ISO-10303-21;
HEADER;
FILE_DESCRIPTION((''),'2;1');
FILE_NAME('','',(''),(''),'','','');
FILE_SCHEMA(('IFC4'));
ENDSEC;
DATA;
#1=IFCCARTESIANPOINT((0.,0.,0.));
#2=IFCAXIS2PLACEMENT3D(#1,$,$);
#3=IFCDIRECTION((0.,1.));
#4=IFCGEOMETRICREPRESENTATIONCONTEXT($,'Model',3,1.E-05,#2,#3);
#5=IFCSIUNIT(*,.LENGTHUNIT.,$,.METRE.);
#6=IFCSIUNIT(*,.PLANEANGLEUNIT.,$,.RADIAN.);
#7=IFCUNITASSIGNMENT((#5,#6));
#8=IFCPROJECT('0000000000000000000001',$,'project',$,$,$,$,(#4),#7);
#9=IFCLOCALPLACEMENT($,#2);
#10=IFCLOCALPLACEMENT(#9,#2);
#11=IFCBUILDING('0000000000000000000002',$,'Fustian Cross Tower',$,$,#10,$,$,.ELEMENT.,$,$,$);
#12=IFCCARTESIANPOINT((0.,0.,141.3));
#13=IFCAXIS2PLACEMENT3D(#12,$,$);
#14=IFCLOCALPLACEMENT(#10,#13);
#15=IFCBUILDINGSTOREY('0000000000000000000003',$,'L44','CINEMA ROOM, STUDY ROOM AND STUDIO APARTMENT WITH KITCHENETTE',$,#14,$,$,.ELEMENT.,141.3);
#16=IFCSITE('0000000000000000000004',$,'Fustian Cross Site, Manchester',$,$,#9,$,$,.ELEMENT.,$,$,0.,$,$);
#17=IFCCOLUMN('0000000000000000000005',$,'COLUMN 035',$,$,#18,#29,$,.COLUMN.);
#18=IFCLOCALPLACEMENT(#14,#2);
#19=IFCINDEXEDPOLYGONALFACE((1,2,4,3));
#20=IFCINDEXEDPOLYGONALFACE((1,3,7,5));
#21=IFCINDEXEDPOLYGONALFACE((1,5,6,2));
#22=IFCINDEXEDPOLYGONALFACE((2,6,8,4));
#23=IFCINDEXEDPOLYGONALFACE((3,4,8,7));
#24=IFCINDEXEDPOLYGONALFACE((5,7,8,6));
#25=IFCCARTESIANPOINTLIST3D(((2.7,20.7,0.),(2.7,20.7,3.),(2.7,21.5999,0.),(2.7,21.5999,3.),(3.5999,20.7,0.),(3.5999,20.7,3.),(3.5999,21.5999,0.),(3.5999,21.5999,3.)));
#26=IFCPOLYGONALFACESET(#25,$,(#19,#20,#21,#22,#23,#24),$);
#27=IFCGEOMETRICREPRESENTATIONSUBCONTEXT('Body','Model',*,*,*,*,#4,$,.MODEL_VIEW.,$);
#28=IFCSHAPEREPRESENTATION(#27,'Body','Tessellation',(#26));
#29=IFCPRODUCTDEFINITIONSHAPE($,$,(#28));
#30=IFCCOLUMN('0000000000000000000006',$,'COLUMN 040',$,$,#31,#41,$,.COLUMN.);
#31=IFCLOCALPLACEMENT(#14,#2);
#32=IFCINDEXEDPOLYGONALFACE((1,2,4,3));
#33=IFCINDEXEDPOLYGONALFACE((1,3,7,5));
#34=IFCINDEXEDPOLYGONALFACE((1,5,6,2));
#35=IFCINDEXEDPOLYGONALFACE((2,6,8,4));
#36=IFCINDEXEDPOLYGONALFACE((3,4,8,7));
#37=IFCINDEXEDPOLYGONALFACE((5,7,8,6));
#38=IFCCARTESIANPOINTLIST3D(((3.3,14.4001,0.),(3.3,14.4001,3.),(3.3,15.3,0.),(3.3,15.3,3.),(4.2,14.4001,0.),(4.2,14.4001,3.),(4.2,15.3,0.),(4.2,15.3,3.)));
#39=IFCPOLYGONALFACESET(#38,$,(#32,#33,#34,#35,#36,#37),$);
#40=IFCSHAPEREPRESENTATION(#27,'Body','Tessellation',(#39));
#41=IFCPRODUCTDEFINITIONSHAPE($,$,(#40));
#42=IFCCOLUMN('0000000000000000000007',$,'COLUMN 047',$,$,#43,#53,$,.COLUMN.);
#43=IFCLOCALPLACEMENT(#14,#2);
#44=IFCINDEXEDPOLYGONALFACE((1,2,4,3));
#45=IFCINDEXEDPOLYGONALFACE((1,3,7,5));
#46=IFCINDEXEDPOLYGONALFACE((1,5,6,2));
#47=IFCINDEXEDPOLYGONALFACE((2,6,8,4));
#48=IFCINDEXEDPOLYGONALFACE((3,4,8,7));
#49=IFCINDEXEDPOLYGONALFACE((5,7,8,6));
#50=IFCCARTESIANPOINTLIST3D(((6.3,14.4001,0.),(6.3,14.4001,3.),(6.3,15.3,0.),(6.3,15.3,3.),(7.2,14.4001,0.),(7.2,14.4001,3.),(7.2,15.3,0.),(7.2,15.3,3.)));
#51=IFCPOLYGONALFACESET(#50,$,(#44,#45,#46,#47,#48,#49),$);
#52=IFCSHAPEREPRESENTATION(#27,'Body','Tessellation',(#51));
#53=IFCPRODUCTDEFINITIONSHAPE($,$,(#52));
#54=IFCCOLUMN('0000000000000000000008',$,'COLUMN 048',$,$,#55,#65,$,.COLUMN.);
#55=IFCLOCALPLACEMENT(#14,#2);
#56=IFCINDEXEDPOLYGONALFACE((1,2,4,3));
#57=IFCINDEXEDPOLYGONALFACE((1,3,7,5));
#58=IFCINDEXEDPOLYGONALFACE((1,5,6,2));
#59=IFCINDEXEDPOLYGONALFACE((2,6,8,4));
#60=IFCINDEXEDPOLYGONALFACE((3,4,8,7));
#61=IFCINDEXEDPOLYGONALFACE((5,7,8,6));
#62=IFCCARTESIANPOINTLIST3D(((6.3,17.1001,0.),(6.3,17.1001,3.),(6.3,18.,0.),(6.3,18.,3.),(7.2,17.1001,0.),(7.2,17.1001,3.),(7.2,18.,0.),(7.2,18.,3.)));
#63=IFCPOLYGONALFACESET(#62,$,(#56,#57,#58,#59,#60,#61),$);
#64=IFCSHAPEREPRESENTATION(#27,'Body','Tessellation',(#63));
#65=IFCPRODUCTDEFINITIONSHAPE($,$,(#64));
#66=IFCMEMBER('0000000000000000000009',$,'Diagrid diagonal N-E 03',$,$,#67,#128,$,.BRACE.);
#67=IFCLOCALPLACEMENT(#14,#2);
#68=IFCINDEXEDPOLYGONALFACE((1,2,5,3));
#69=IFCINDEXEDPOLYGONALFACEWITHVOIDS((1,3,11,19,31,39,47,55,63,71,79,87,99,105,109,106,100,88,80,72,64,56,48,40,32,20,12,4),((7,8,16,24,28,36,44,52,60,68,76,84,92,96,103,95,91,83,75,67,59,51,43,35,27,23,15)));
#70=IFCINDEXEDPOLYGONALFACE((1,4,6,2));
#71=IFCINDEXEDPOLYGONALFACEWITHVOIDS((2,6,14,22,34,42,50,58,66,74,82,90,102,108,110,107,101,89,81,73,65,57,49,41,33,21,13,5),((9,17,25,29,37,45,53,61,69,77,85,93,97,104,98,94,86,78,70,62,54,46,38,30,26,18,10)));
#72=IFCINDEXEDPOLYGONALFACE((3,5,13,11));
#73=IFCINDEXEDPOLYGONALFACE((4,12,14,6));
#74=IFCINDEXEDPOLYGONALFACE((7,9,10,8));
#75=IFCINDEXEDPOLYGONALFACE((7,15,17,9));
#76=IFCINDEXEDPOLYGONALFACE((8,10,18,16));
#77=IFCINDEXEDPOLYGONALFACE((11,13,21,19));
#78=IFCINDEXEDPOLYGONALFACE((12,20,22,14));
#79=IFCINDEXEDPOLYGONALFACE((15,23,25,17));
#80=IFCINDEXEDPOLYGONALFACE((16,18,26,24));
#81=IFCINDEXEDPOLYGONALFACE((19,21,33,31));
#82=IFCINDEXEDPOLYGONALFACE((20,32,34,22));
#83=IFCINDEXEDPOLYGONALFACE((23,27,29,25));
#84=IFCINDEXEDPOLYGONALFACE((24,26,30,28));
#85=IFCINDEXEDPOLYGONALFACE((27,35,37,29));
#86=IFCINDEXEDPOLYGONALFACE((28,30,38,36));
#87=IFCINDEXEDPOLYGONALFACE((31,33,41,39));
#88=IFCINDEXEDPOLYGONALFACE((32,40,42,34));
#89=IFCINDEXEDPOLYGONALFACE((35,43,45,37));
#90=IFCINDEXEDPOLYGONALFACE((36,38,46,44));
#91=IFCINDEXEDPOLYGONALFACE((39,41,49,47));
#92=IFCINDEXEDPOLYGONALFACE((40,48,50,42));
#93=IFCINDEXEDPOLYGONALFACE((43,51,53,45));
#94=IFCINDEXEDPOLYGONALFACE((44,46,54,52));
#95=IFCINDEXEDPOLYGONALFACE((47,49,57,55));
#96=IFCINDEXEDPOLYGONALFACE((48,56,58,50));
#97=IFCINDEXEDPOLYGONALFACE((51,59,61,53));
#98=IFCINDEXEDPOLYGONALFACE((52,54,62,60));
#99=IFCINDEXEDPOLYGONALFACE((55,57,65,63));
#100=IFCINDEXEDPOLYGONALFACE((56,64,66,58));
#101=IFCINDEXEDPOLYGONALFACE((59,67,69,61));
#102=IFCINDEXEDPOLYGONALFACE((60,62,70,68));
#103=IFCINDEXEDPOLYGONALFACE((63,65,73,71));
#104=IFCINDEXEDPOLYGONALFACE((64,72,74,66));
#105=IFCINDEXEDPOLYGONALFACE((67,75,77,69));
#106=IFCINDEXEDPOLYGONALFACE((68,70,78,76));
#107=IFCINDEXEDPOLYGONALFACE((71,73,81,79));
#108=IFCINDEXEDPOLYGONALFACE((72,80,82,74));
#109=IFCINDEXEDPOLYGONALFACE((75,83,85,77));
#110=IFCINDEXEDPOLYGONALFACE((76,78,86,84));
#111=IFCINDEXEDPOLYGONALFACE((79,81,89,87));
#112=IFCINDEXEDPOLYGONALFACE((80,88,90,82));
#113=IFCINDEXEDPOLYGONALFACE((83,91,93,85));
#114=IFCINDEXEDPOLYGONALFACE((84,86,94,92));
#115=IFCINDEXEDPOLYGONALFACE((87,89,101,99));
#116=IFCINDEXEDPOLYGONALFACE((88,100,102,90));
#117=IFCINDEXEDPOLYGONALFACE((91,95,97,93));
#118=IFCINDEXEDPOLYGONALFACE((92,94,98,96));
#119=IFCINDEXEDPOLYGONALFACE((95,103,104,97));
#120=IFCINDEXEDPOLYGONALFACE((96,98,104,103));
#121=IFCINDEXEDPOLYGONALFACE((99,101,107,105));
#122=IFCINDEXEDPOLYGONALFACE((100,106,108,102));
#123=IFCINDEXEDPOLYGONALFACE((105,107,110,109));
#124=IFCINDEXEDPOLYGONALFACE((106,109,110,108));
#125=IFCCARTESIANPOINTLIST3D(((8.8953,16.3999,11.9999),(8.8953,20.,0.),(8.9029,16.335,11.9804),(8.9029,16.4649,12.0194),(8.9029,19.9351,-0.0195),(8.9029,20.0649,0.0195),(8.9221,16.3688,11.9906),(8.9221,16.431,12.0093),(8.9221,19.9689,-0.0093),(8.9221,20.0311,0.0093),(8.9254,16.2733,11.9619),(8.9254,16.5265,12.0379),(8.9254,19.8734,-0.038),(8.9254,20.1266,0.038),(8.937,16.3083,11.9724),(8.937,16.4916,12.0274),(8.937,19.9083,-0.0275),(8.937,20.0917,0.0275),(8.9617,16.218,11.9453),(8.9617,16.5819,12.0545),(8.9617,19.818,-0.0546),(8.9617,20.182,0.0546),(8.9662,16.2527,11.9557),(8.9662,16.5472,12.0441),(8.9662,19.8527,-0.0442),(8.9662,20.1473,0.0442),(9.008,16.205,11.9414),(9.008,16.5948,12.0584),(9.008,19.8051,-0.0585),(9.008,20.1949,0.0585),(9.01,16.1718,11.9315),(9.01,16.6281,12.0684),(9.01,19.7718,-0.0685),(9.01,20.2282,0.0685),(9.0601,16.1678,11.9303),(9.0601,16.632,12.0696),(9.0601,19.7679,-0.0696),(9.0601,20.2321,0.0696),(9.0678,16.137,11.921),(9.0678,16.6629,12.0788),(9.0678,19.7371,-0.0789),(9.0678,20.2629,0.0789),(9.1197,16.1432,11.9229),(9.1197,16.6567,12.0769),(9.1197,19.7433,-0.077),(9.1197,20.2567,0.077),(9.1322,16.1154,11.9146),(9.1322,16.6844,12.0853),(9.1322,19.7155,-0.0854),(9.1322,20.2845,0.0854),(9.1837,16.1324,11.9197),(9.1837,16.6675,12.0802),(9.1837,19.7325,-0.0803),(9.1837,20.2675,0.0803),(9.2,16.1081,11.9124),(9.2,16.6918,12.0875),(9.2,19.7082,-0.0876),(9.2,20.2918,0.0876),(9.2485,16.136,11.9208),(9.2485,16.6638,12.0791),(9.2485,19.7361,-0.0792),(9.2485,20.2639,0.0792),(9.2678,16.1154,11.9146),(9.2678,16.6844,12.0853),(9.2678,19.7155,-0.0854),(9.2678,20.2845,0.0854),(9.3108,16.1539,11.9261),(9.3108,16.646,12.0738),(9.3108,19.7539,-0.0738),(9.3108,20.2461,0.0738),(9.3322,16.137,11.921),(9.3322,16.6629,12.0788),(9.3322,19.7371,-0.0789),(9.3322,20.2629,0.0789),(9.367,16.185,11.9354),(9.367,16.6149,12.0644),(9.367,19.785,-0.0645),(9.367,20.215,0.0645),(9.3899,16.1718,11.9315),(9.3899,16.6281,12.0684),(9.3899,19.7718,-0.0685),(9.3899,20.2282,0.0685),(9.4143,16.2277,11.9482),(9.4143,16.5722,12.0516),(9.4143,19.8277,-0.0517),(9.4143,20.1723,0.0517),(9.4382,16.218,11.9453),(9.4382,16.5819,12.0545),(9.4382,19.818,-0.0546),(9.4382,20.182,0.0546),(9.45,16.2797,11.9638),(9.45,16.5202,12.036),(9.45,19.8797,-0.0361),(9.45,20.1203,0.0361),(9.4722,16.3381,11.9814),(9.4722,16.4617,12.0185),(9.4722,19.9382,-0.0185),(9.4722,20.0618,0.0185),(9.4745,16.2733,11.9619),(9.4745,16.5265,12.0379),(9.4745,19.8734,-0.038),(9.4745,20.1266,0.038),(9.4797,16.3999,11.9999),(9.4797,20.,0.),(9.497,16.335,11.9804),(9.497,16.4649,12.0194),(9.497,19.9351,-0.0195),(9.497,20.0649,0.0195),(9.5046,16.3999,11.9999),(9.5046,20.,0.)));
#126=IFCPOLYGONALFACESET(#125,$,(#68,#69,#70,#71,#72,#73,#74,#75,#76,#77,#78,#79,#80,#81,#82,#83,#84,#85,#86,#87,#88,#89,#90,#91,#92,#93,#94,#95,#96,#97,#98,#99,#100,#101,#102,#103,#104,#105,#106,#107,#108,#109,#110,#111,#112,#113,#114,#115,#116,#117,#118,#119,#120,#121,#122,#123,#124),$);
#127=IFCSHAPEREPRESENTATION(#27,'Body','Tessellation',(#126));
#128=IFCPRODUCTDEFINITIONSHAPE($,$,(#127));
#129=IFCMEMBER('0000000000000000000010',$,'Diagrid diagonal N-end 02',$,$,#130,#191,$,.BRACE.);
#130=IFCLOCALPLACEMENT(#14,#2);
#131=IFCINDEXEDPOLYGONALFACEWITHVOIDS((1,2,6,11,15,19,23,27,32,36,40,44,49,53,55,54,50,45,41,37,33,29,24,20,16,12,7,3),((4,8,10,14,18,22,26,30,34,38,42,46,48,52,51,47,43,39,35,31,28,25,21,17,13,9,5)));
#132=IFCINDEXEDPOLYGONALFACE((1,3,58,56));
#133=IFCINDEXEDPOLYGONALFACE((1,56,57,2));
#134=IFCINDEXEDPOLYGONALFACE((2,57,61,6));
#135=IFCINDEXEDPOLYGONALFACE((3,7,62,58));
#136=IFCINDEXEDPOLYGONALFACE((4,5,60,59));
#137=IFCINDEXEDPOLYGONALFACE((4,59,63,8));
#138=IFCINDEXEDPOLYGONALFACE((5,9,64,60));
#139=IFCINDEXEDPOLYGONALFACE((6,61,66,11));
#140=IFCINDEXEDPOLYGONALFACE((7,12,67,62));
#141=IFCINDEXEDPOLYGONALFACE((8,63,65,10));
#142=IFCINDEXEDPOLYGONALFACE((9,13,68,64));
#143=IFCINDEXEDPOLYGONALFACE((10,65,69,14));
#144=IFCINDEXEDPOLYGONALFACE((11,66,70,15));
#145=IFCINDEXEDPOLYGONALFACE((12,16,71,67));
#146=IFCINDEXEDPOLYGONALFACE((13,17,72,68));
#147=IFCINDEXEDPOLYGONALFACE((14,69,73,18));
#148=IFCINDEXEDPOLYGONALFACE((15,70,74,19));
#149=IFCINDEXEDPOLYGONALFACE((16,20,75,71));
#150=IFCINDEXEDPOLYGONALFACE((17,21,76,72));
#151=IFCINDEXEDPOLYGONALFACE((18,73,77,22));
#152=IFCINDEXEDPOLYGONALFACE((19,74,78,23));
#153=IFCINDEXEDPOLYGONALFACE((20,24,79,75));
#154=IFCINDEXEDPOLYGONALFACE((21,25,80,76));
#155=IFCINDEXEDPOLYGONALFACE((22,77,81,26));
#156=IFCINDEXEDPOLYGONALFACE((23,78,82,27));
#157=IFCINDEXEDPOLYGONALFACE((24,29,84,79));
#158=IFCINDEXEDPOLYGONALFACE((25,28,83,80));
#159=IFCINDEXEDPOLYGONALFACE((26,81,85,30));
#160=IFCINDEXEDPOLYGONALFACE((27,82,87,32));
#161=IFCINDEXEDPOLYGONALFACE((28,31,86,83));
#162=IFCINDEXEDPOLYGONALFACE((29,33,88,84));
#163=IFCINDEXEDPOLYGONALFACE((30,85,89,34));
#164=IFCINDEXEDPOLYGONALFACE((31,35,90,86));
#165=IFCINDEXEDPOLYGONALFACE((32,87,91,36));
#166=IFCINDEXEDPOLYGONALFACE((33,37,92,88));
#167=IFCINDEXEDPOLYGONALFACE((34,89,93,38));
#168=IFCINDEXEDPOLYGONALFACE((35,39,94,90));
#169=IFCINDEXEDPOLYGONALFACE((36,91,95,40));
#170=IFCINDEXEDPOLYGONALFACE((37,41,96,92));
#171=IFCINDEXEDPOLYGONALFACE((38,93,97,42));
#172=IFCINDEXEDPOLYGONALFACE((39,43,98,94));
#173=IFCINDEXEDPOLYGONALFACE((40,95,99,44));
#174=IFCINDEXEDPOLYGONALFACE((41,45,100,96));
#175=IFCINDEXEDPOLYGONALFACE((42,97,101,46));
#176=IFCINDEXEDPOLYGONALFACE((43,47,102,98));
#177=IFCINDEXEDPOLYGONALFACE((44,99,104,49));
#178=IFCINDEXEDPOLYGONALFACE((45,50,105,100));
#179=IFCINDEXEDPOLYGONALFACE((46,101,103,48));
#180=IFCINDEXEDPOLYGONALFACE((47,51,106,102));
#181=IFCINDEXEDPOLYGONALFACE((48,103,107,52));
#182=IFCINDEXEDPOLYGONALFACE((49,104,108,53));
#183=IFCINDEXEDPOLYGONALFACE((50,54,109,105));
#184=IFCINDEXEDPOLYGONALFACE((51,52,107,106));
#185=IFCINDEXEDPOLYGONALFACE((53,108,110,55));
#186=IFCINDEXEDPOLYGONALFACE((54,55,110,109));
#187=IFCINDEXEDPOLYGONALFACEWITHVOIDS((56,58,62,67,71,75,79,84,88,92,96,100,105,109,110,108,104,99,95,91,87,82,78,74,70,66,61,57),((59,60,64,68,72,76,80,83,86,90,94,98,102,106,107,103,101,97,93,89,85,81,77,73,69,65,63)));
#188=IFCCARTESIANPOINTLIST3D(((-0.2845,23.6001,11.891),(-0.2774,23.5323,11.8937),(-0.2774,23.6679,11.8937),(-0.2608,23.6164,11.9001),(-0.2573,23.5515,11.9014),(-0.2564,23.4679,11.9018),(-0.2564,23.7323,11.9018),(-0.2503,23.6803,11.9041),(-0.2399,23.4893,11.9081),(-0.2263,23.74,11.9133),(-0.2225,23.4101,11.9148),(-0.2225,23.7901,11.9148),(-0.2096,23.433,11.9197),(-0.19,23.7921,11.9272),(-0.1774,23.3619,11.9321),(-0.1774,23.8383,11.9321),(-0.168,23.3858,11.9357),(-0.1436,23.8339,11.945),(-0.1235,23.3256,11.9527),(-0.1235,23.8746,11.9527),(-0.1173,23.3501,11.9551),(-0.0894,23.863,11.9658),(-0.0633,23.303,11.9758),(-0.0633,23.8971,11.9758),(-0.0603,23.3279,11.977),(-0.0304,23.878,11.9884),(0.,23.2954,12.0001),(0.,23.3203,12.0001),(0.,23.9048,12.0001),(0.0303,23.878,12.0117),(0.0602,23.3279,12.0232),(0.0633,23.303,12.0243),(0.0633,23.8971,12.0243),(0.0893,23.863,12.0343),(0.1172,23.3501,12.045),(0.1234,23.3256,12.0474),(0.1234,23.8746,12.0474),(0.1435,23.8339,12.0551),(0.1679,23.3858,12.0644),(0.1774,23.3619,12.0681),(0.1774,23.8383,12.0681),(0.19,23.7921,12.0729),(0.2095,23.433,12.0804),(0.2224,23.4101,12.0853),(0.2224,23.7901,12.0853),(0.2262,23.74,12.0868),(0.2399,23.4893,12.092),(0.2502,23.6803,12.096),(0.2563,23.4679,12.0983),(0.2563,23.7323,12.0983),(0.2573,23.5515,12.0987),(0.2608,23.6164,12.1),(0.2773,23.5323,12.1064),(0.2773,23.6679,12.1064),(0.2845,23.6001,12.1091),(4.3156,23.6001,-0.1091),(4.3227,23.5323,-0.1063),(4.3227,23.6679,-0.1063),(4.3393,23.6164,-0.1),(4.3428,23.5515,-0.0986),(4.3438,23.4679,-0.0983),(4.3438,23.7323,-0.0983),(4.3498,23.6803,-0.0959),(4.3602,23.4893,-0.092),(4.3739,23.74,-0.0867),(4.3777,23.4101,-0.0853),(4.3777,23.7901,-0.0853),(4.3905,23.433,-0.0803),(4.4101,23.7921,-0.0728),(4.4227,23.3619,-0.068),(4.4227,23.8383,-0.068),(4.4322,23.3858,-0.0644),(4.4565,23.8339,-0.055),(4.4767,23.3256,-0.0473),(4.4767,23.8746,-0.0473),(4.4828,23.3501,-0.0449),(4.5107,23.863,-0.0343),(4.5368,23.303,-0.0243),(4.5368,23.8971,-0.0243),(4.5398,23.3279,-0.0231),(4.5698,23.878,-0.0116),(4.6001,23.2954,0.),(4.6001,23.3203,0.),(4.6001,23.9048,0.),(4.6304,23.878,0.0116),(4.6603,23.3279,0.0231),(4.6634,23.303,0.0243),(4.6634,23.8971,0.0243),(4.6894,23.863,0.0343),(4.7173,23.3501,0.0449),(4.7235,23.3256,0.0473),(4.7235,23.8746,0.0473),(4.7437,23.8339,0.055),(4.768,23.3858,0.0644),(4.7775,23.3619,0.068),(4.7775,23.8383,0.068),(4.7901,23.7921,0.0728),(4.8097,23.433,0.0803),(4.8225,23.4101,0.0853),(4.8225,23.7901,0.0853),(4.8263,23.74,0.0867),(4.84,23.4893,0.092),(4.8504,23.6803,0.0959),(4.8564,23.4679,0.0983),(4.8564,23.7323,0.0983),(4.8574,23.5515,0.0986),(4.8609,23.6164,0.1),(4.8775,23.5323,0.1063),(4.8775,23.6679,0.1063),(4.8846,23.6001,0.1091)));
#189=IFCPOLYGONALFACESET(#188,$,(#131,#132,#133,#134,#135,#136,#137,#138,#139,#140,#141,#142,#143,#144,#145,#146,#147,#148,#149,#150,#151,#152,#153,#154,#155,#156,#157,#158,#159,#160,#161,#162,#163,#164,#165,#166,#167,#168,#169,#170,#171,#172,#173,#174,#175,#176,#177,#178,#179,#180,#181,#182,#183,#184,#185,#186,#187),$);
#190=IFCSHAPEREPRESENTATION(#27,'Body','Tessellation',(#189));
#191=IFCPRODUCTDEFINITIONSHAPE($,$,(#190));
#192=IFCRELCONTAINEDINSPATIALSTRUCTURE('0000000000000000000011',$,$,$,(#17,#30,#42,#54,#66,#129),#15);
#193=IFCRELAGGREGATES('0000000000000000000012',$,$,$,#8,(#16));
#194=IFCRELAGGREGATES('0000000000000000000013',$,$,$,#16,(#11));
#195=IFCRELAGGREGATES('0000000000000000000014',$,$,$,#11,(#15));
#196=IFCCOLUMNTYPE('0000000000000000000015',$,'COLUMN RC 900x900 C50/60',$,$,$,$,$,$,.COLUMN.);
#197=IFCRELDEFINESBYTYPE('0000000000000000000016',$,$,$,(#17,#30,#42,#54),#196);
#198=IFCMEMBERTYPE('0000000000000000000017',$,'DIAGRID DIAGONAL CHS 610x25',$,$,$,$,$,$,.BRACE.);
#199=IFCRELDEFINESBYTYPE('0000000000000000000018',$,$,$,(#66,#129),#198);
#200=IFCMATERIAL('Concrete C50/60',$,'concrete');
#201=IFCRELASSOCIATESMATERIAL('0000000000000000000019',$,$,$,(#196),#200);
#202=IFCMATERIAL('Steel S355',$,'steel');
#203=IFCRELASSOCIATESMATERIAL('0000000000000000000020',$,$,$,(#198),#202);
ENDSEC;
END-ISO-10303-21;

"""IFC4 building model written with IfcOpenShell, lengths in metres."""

from ifc_helpers import new_model, si_unit, direction, frame, origin, origin_2d, place, context, subcontext, project, spatial, rectangle, hollow_circle, extrude, material, material_profile, profile_set, type_object, element, save


model = new_model("IFC4")

# Units and contexts
model_context = context("Model", 3, precision=1e-05, world=origin(), true_north=direction((0.0, 1.0)))
body_context = subcontext(model_context, "Body", "Model", "MODEL_VIEW")
ifc_project = project(units=[si_unit("LENGTHUNIT", "METRE"), si_unit("PLANEANGLEUNIT", "RADIAN")], contexts=[model_context])

# Site, building, storey
site_placement = place(None, origin())
site = spatial("IfcSite", under=ifc_project, at=site_placement, Name="Fustian Cross Site, Manchester", CompositionType="ELEMENT", RefElevation=0.0)
building_placement = place(site_placement, origin())
building = spatial("IfcBuilding", under=site, at=building_placement, Name="Fustian Cross Tower", CompositionType="ELEMENT")
storey_placement = place(building_placement, frame((0.0, 0.0, 141.3)))
storey = spatial("IfcBuildingStorey", under=building, at=storey_placement, Name="L44", Description="CINEMA ROOM, STUDY ROOM AND STUDIO APARTMENT WITH KITCHENETTE", CompositionType="ELEMENT", Elevation=141.3)

# Columns
ifc_material_1 = material(Name="Concrete C50/60", Category="concrete")
ifc_material_profile_1 = material_profile(ifc_material_1, rectangle(XDim=0.8999, YDim=0.8999, at=origin_2d()), Name="RC 900x900")
ifc_profile_set_1 = profile_set([ifc_material_profile_1], Name="Concrete C50/60")
column_type = type_object("IfcColumnType", Name="COLUMN RC 900x900 C50/60", PredefinedType="COLUMN", material=ifc_profile_set_1)
for number, where, z_axis, x_axis, name in (
    (1, (3.1499, 21.1499, 0.0), (0.0, 0.0, 1.0), (1.0, 0.0, 0.0), "COLUMN 035"),
    (2, (3.75, 14.8501, 0.0), (0.0, 0.0, 1.0), (1.0, 0.0, 0.0), "COLUMN 040"),
    (3, (6.75, 14.8501, 0.0), (0.0, 0.0, 1.0), (1.0, 0.0, 0.0), "COLUMN 047"),
    (4, (6.75, 17.55, 0.0), (0.0, 0.0, 1.0), (1.0, 0.0, 0.0), "COLUMN 048"),
):
    element("IfcColumn", number, at=place(storey_placement, frame(where, z_axis=z_axis, x_axis=x_axis)), inside=storey, type_object=column_type, Name=name, PredefinedType="COLUMN", context=body_context, shape_type="SweptSolid", body=[
        extrude(rectangle(XDim=0.8999, YDim=0.8999, at=origin_2d()), origin(), (0.0, 0.0, 1.0), 3.0),
    ])

# Members
ifc_material_2 = material(Name="Steel S355", Category="steel")
ifc_material_profile_2 = material_profile(ifc_material_2, hollow_circle(Radius=0.3047, WallThickness=0.0249, at=origin_2d()), Name="CHS 610x25")
ifc_profile_set_2 = profile_set([ifc_material_profile_2], Name="Steel S355")
member_type_1 = type_object("IfcMemberType", Name="DIAGRID DIAGONAL CHS 610x25", PredefinedType="BRACE", material=ifc_profile_set_2)
member_1_placement = place(storey_placement, frame((9.2, 20.0, 0.0), z_axis=(0.0, -0.287355, 0.957824), x_axis=(1.0, 0.0, 0.0)))
element("IfcMember", 5, at=member_1_placement, inside=storey, type_object=member_type_1, Name="Diagrid diagonal N-E 03", PredefinedType="BRACE", context=body_context, shape_type="SweptSolid", body=[
    extrude(hollow_circle(Radius=0.3047, WallThickness=0.0249, at=origin_2d()), origin(), (0.0, 0.0, 1.0), 12.5283),
])
member_2_placement = place(storey_placement, frame((4.6001, 23.6001, 0.0), z_axis=(-0.357943, 0.0, 0.933744), x_axis=(0.0, -1.0, 0.0)))
element("IfcMember", 6, at=member_2_placement, inside=storey, type_object=member_type_1, Name="Diagrid diagonal N-end 02", PredefinedType="BRACE", context=body_context, shape_type="SweptSolid", body=[
    extrude(hollow_circle(Radius=0.3047, WallThickness=0.0249, at=origin_2d()), origin(), (0.0, 0.0, 1.0), 12.8516),
])

save(model, "model.ifc")
